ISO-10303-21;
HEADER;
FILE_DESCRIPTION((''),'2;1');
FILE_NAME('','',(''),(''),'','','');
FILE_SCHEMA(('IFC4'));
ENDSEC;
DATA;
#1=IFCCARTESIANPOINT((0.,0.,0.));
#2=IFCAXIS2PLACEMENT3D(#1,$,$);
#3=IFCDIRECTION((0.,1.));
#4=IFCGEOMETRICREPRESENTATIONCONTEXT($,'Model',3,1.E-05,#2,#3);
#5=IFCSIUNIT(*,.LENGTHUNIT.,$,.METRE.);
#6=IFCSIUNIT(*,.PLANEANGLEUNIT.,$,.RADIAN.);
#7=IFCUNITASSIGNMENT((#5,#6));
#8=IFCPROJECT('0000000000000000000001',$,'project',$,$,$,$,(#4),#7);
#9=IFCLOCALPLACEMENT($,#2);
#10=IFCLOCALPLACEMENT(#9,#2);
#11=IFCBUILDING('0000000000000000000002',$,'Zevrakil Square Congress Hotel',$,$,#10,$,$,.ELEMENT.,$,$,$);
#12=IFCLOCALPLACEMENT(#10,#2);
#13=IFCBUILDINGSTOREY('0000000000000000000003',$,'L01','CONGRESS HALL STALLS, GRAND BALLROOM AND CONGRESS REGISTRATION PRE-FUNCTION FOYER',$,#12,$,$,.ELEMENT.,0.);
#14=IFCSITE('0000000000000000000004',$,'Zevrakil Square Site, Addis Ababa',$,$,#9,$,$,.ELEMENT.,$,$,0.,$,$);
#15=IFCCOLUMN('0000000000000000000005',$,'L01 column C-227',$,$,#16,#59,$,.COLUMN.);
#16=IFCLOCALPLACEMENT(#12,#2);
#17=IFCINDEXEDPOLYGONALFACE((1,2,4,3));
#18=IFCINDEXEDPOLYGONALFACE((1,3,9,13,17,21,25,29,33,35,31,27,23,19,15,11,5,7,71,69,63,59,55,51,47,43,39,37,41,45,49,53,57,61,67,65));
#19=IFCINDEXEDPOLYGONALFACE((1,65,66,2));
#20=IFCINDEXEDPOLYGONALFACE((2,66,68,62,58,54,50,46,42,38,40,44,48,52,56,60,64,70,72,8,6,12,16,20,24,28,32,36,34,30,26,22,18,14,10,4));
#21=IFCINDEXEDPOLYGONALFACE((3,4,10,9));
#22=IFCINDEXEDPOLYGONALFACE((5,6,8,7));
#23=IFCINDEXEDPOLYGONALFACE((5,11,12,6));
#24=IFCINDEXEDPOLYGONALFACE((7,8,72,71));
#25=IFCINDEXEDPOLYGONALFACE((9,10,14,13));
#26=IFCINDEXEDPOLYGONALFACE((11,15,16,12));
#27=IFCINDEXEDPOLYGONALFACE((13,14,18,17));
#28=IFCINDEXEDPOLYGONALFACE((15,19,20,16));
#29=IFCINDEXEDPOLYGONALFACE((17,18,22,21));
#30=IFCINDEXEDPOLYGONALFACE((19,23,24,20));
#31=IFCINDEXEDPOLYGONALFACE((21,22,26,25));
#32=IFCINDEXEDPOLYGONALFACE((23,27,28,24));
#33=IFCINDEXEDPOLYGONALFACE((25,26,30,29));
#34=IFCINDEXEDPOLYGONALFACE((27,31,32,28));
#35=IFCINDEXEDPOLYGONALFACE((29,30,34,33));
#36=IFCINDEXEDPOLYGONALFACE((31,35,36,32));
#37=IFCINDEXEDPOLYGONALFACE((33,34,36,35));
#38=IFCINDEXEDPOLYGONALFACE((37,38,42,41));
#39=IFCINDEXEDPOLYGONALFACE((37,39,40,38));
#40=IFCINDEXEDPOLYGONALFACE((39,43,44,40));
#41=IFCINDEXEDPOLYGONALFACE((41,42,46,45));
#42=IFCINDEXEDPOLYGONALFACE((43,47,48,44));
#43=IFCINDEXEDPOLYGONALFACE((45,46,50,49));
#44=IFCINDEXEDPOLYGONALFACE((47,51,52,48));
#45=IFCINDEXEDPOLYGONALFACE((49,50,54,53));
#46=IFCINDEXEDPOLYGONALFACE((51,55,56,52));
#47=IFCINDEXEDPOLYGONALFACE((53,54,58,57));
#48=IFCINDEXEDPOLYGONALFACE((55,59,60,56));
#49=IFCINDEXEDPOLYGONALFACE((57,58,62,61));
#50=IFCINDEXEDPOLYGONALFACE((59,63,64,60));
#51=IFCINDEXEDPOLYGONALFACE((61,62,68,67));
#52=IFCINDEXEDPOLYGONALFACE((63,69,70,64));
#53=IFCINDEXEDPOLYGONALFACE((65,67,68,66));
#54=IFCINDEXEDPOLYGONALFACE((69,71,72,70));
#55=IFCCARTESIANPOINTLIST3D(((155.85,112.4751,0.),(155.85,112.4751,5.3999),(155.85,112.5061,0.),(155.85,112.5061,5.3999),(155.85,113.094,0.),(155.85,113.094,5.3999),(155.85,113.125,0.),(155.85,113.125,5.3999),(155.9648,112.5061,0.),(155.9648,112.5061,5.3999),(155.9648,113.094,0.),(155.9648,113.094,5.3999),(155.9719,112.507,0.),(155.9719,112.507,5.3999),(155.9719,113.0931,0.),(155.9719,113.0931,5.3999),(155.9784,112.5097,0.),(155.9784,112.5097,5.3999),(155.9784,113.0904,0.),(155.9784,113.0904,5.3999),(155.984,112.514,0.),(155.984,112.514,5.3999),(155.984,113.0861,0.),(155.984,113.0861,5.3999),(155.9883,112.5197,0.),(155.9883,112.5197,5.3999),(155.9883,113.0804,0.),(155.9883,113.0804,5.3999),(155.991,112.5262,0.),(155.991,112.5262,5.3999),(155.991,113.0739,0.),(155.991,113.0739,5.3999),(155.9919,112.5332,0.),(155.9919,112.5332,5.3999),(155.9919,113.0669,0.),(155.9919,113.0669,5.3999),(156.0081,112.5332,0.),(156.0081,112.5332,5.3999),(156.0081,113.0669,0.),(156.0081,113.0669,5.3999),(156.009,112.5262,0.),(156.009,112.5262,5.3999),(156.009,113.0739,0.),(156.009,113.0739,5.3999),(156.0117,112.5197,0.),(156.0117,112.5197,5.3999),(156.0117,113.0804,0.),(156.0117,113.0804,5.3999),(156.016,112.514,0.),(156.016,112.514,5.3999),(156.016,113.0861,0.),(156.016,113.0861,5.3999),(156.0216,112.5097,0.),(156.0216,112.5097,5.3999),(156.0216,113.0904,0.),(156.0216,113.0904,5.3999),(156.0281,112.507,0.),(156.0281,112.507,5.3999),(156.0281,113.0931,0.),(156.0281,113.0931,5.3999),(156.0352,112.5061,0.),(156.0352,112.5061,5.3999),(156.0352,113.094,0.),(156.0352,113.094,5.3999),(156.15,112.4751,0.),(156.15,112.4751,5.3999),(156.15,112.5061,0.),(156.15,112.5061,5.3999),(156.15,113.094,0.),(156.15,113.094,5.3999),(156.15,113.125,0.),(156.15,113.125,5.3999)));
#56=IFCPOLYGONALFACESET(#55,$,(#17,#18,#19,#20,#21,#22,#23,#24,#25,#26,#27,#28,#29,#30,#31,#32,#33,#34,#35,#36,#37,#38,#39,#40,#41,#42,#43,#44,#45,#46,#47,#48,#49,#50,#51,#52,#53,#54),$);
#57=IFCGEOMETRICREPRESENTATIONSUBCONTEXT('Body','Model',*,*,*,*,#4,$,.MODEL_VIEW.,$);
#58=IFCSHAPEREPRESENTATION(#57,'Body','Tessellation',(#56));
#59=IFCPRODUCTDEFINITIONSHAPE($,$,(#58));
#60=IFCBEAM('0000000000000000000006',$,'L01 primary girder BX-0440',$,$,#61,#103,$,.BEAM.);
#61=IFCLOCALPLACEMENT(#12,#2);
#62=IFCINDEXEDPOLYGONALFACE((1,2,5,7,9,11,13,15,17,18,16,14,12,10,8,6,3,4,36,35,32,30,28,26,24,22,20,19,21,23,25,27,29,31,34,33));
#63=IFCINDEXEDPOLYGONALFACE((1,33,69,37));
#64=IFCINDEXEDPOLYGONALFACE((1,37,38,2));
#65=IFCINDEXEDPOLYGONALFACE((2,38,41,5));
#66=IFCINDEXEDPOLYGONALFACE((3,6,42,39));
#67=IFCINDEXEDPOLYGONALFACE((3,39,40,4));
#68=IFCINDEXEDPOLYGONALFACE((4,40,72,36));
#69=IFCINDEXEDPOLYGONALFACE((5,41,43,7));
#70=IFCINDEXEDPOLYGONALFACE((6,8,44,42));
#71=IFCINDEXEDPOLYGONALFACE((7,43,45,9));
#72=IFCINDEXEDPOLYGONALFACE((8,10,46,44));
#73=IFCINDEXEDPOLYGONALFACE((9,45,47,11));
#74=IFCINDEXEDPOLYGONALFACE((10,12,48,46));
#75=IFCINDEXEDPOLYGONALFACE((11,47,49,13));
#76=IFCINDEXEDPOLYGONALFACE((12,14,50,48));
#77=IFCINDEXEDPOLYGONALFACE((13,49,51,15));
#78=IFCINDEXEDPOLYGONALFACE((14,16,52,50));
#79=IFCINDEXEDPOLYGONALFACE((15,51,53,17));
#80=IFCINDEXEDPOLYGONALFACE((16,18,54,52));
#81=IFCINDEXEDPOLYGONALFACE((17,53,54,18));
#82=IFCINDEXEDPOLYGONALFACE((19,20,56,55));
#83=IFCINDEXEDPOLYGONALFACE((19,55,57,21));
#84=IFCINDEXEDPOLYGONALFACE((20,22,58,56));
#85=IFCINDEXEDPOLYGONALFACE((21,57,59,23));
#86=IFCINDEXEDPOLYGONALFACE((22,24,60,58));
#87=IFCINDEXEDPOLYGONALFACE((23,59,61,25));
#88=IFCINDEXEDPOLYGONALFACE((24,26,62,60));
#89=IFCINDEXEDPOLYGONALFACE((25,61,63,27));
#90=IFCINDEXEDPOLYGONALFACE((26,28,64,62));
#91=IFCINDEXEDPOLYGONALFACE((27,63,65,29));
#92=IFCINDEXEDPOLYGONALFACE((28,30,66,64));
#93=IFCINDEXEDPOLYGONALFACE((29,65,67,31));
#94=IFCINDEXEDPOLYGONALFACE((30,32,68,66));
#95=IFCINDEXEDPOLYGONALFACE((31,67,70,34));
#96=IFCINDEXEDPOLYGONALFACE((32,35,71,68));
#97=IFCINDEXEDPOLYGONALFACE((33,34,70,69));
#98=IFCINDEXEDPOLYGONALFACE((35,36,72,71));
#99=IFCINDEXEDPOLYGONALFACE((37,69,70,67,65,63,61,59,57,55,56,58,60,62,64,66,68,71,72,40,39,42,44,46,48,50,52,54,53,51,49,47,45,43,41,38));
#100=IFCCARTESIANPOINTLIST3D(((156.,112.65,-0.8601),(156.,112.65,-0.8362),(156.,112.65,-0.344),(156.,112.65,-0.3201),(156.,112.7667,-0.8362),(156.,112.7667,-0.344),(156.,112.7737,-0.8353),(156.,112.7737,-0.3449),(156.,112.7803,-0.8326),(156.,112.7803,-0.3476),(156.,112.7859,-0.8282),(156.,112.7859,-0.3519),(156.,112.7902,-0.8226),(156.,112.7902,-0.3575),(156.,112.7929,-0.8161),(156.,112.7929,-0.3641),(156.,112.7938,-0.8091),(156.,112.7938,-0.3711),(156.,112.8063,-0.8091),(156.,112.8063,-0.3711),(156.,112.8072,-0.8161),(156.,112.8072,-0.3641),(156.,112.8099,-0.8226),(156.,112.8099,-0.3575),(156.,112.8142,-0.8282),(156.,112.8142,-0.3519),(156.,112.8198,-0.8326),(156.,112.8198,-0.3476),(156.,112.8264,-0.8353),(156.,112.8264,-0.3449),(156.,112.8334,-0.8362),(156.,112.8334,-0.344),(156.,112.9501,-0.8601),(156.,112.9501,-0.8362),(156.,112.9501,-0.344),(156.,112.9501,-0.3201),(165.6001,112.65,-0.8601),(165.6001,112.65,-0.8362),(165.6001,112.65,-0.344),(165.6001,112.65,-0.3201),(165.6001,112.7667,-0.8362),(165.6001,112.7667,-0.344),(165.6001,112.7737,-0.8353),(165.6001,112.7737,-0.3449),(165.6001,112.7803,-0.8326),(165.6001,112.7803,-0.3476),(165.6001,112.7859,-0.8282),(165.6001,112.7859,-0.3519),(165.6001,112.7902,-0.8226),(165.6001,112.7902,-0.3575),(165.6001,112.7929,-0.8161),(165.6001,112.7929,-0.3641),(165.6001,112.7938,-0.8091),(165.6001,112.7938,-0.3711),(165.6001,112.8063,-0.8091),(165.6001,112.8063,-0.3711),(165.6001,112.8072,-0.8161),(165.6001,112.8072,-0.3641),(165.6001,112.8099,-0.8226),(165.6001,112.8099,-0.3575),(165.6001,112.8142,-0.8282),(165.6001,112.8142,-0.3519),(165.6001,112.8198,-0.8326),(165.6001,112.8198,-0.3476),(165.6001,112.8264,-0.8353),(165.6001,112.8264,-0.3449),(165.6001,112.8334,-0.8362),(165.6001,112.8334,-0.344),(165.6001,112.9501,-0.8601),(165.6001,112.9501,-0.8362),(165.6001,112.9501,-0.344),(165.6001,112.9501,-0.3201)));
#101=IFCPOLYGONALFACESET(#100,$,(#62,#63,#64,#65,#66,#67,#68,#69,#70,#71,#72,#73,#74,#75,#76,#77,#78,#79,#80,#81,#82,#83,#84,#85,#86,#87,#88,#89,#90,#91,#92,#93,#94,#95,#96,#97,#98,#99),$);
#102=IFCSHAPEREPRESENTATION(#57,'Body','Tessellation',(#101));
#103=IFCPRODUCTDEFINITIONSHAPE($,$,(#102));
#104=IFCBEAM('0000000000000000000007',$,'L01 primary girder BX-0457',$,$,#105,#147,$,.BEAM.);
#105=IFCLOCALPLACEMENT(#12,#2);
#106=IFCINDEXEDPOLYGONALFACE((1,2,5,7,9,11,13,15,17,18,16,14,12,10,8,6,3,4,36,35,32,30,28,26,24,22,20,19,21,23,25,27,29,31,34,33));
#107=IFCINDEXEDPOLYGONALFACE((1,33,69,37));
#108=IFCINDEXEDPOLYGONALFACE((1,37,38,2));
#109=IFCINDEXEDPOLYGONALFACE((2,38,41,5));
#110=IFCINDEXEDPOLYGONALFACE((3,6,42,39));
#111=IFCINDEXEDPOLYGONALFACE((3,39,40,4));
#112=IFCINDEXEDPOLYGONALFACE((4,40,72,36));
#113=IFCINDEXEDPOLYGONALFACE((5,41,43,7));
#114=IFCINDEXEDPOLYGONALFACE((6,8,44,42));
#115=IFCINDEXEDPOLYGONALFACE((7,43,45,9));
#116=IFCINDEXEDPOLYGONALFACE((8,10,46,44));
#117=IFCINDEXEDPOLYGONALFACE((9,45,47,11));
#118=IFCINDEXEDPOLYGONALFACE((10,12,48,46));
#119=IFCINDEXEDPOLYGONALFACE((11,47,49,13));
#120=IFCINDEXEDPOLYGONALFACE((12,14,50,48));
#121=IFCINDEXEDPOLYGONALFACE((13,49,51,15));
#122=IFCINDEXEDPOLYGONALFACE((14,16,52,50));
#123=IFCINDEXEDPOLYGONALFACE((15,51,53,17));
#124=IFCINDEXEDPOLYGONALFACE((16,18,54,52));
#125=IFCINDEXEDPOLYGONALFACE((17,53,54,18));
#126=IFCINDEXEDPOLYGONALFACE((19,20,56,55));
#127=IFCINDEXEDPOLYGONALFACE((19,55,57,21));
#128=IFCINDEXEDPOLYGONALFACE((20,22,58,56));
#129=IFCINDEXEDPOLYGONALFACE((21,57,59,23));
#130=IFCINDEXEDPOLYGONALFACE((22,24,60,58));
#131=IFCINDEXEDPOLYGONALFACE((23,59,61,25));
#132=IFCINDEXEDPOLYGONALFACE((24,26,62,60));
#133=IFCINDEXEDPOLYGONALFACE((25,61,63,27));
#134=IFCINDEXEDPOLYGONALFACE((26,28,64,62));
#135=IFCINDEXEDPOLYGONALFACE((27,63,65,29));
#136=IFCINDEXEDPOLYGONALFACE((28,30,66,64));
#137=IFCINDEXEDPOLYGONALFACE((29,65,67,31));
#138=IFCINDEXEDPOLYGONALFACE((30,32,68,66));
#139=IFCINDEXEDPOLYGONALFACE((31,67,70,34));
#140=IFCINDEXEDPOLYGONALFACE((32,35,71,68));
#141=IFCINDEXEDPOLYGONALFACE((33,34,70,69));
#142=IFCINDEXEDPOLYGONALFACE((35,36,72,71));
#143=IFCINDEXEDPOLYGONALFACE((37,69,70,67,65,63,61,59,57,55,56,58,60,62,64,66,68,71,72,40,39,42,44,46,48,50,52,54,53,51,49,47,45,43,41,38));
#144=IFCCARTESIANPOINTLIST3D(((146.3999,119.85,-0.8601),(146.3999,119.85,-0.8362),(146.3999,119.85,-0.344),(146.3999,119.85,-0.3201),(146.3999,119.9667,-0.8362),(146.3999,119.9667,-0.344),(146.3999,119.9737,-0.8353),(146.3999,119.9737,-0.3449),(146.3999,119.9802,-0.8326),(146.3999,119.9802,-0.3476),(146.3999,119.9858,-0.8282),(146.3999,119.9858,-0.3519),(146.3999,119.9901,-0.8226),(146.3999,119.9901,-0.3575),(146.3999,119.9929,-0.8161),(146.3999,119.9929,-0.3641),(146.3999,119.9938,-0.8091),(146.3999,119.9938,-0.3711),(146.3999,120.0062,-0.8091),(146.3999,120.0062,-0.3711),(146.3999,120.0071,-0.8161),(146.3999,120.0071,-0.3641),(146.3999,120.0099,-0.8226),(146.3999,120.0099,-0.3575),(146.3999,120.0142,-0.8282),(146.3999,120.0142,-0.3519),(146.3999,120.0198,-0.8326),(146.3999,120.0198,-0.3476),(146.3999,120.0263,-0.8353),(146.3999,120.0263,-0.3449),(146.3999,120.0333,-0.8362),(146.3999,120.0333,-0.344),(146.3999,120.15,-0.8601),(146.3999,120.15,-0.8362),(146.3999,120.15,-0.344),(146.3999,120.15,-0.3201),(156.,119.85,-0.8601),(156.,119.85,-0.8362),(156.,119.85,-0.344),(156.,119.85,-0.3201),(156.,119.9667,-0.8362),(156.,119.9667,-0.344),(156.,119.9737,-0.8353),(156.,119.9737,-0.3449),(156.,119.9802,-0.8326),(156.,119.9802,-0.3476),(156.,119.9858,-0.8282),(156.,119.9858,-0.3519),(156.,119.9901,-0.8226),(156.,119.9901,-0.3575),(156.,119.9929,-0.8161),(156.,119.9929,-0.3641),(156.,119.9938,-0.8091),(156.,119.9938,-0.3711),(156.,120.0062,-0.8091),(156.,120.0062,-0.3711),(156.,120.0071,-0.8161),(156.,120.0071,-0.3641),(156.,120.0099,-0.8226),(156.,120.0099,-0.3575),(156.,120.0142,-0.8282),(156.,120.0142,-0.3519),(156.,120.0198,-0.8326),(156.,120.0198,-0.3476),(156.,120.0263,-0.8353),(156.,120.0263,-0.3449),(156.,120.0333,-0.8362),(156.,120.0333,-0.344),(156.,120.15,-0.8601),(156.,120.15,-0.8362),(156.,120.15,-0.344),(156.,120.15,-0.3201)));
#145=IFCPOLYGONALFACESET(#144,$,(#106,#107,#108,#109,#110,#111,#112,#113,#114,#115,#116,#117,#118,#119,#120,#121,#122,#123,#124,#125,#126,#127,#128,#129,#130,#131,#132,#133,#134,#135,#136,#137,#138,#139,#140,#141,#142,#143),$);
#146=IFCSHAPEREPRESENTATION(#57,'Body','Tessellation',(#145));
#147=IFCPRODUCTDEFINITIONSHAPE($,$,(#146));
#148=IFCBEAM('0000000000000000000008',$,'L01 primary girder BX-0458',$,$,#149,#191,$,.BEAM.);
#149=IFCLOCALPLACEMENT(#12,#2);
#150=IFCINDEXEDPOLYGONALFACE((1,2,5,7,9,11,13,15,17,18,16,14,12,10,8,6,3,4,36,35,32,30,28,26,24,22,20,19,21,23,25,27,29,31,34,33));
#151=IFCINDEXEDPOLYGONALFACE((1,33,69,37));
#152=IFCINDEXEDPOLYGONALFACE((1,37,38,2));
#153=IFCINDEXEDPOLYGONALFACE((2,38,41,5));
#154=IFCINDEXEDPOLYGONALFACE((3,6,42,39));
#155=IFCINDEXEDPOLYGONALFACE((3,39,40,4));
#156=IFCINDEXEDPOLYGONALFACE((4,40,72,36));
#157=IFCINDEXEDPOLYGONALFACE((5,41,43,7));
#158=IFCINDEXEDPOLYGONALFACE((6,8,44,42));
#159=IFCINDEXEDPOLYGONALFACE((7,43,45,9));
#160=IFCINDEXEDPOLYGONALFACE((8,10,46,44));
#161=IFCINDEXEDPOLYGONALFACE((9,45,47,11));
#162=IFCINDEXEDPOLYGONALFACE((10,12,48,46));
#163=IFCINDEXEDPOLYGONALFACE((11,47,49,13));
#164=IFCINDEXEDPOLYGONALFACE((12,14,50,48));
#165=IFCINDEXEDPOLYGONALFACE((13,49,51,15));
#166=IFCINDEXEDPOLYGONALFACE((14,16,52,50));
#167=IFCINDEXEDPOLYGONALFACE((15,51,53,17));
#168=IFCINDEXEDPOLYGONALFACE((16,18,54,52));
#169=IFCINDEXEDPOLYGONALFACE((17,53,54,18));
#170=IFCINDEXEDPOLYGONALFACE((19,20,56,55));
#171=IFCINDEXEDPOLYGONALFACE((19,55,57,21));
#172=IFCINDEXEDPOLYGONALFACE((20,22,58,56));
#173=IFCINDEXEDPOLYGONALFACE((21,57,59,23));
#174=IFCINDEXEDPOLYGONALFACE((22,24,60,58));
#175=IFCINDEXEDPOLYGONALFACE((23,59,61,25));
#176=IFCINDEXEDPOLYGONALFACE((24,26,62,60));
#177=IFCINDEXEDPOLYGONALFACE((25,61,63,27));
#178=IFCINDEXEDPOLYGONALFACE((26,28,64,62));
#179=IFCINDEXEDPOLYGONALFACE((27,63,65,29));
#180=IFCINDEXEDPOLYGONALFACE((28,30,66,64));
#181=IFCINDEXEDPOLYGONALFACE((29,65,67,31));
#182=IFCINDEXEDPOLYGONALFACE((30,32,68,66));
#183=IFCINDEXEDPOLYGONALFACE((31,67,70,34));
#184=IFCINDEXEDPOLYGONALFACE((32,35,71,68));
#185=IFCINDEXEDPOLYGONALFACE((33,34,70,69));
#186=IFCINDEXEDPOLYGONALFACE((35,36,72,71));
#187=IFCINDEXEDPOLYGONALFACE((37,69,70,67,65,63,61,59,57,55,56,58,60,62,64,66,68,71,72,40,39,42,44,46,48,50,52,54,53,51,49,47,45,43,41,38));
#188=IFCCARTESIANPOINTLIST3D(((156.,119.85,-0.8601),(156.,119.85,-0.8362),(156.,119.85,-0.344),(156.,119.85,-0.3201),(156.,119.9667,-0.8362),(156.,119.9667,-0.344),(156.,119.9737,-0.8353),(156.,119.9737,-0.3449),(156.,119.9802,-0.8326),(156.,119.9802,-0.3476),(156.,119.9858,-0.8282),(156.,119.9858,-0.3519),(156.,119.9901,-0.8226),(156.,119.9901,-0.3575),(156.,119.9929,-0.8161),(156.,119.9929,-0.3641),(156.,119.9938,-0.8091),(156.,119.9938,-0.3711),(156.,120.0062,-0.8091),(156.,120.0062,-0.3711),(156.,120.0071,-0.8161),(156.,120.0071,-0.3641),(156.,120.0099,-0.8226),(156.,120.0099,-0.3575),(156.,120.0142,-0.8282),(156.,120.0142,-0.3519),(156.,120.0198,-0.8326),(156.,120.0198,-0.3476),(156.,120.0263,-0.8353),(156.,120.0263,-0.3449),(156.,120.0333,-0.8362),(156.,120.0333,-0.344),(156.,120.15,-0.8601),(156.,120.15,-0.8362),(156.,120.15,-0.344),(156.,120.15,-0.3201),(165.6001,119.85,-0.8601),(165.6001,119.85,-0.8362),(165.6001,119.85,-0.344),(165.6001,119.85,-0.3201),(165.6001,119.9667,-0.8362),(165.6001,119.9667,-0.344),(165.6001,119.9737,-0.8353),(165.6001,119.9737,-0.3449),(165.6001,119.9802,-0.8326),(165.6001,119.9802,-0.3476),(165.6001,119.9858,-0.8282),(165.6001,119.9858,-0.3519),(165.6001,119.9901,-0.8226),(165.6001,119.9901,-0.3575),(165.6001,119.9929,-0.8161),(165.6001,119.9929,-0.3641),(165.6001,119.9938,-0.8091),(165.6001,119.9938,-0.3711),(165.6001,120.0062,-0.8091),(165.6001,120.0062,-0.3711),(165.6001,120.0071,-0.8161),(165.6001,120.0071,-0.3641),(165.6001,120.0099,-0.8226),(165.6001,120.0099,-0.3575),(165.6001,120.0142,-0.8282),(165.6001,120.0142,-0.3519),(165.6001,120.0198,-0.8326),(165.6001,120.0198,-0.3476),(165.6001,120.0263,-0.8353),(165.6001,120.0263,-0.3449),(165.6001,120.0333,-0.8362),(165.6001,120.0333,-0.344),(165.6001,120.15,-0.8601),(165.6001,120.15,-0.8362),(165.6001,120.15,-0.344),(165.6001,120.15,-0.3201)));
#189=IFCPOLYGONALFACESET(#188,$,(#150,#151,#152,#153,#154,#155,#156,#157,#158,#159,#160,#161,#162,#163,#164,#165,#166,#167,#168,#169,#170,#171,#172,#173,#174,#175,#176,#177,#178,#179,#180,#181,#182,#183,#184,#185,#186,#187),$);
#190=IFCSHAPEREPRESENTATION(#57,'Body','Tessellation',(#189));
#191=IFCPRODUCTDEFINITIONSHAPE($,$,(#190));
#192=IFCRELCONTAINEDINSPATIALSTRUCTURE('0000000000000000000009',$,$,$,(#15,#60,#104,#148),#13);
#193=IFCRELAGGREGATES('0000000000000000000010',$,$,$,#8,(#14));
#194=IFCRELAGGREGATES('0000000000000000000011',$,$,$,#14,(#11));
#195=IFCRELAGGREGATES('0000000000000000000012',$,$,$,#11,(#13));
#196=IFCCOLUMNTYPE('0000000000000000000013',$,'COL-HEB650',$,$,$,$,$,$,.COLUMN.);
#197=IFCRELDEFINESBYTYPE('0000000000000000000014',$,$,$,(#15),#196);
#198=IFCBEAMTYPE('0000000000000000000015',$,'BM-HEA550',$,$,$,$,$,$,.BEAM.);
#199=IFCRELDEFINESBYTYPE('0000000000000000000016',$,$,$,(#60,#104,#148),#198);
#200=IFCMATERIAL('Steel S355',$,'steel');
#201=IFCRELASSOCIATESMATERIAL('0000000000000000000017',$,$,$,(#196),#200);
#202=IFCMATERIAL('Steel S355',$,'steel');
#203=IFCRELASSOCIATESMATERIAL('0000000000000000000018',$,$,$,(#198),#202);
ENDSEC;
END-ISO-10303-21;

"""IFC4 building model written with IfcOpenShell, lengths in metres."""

from ifc_helpers import new_model, si_unit, direction, frame, origin, origin_2d, place, context, subcontext, project, spatial, i_section, extrude, material, material_profile, profile_set, type_object, element, save


model = new_model("IFC4")

# Units and contexts
model_context = context("Model", 3, precision=1e-05, world=origin(), true_north=direction((0.0, 1.0)))
body_context = subcontext(model_context, "Body", "Model", "MODEL_VIEW")
ifc_project = project(units=[si_unit("LENGTHUNIT", "METRE"), si_unit("PLANEANGLEUNIT", "RADIAN")], contexts=[model_context])

# Site, building, storey
site_placement = place(None, origin())
site = spatial("IfcSite", under=ifc_project, at=site_placement, Name="Zevrakil Square Site, Addis Ababa", CompositionType="ELEMENT", RefElevation=0.0)
building_placement = place(site_placement, origin())
building = spatial("IfcBuilding", under=site, at=building_placement, Name="Zevrakil Square Congress Hotel", CompositionType="ELEMENT")
storey_placement = place(building_placement, origin())
storey = spatial("IfcBuildingStorey", under=building, at=storey_placement, Name="L01", Description="CONGRESS HALL STALLS, GRAND BALLROOM AND CONGRESS REGISTRATION PRE-FUNCTION FOYER", CompositionType="ELEMENT", Elevation=0.0)

# Column
ifc_material_1 = material(Name="Steel S355", Category="steel")
ifc_material_profile_1 = material_profile(ifc_material_1, i_section(OverallWidth=0.3, OverallDepth=0.6499, WebThickness=0.0161, FlangeThickness=0.031, FilletRadius=0.0271, at=origin_2d()), Name="HEB 650")
ifc_profile_set_1 = profile_set([ifc_material_profile_1], Name="Steel S355")
column_type = type_object("IfcColumnType", Name="COL-HEB650", PredefinedType="COLUMN", material=ifc_profile_set_1)
column_placement = place(storey_placement, frame((156.0, 112.8, 0.0), z_axis=(0.0, 0.0, 1.0), x_axis=(1.0, 0.0, 0.0)))
element("IfcColumn", 1, at=column_placement, inside=storey, type_object=column_type, Name="L01 column C-227", PredefinedType="COLUMN", context=body_context, shape_type="SweptSolid", body=[
    extrude(i_section(OverallWidth=0.3, OverallDepth=0.6499, WebThickness=0.0161, FlangeThickness=0.031, FilletRadius=0.0271, at=origin_2d()), origin(), (0.0, 0.0, 1.0), 5.3999),
])

# Beams
ifc_material_2 = material(Name="Steel S355", Category="steel")
ifc_material_profile_2 = material_profile(ifc_material_2, i_section(OverallWidth=0.3, OverallDepth=0.54, WebThickness=0.0125, FlangeThickness=0.0239, FilletRadius=0.0271, at=origin_2d()), Name="HEA 550")
ifc_profile_set_2 = profile_set([ifc_material_profile_2], Name="Steel S355")
beam_type_1 = type_object("IfcBeamType", Name="BM-HEA550", PredefinedType="BEAM", material=ifc_profile_set_2)
for number, where, z_axis, x_axis, name in (
    (2, (156.0, 112.8, -0.5901), (1.0, 0.0, 0.0), (0.0, 1.0, 0.0), "L01 primary girder BX-0440"),
    (3, (146.3999, 120.0, -0.5901), (1.0, 0.0, 0.0), (0.0, 1.0, 0.0), "L01 primary girder BX-0457"),
    (4, (156.0, 120.0, -0.5901), (1.0, 0.0, 0.0), (0.0, 1.0, 0.0), "L01 primary girder BX-0458"),
):
    element("IfcBeam", number, at=place(storey_placement, frame(where, z_axis=z_axis, x_axis=x_axis)), inside=storey, type_object=beam_type_1, Name=name, PredefinedType="BEAM", context=body_context, shape_type="SweptSolid", body=[
        extrude(i_section(OverallWidth=0.3, OverallDepth=0.54, WebThickness=0.0125, FlangeThickness=0.0239, FilletRadius=0.0271, at=origin_2d()), origin(), (0.0, 0.0, 1.0), 9.6001),
    ])

save(model, "model.ifc")
